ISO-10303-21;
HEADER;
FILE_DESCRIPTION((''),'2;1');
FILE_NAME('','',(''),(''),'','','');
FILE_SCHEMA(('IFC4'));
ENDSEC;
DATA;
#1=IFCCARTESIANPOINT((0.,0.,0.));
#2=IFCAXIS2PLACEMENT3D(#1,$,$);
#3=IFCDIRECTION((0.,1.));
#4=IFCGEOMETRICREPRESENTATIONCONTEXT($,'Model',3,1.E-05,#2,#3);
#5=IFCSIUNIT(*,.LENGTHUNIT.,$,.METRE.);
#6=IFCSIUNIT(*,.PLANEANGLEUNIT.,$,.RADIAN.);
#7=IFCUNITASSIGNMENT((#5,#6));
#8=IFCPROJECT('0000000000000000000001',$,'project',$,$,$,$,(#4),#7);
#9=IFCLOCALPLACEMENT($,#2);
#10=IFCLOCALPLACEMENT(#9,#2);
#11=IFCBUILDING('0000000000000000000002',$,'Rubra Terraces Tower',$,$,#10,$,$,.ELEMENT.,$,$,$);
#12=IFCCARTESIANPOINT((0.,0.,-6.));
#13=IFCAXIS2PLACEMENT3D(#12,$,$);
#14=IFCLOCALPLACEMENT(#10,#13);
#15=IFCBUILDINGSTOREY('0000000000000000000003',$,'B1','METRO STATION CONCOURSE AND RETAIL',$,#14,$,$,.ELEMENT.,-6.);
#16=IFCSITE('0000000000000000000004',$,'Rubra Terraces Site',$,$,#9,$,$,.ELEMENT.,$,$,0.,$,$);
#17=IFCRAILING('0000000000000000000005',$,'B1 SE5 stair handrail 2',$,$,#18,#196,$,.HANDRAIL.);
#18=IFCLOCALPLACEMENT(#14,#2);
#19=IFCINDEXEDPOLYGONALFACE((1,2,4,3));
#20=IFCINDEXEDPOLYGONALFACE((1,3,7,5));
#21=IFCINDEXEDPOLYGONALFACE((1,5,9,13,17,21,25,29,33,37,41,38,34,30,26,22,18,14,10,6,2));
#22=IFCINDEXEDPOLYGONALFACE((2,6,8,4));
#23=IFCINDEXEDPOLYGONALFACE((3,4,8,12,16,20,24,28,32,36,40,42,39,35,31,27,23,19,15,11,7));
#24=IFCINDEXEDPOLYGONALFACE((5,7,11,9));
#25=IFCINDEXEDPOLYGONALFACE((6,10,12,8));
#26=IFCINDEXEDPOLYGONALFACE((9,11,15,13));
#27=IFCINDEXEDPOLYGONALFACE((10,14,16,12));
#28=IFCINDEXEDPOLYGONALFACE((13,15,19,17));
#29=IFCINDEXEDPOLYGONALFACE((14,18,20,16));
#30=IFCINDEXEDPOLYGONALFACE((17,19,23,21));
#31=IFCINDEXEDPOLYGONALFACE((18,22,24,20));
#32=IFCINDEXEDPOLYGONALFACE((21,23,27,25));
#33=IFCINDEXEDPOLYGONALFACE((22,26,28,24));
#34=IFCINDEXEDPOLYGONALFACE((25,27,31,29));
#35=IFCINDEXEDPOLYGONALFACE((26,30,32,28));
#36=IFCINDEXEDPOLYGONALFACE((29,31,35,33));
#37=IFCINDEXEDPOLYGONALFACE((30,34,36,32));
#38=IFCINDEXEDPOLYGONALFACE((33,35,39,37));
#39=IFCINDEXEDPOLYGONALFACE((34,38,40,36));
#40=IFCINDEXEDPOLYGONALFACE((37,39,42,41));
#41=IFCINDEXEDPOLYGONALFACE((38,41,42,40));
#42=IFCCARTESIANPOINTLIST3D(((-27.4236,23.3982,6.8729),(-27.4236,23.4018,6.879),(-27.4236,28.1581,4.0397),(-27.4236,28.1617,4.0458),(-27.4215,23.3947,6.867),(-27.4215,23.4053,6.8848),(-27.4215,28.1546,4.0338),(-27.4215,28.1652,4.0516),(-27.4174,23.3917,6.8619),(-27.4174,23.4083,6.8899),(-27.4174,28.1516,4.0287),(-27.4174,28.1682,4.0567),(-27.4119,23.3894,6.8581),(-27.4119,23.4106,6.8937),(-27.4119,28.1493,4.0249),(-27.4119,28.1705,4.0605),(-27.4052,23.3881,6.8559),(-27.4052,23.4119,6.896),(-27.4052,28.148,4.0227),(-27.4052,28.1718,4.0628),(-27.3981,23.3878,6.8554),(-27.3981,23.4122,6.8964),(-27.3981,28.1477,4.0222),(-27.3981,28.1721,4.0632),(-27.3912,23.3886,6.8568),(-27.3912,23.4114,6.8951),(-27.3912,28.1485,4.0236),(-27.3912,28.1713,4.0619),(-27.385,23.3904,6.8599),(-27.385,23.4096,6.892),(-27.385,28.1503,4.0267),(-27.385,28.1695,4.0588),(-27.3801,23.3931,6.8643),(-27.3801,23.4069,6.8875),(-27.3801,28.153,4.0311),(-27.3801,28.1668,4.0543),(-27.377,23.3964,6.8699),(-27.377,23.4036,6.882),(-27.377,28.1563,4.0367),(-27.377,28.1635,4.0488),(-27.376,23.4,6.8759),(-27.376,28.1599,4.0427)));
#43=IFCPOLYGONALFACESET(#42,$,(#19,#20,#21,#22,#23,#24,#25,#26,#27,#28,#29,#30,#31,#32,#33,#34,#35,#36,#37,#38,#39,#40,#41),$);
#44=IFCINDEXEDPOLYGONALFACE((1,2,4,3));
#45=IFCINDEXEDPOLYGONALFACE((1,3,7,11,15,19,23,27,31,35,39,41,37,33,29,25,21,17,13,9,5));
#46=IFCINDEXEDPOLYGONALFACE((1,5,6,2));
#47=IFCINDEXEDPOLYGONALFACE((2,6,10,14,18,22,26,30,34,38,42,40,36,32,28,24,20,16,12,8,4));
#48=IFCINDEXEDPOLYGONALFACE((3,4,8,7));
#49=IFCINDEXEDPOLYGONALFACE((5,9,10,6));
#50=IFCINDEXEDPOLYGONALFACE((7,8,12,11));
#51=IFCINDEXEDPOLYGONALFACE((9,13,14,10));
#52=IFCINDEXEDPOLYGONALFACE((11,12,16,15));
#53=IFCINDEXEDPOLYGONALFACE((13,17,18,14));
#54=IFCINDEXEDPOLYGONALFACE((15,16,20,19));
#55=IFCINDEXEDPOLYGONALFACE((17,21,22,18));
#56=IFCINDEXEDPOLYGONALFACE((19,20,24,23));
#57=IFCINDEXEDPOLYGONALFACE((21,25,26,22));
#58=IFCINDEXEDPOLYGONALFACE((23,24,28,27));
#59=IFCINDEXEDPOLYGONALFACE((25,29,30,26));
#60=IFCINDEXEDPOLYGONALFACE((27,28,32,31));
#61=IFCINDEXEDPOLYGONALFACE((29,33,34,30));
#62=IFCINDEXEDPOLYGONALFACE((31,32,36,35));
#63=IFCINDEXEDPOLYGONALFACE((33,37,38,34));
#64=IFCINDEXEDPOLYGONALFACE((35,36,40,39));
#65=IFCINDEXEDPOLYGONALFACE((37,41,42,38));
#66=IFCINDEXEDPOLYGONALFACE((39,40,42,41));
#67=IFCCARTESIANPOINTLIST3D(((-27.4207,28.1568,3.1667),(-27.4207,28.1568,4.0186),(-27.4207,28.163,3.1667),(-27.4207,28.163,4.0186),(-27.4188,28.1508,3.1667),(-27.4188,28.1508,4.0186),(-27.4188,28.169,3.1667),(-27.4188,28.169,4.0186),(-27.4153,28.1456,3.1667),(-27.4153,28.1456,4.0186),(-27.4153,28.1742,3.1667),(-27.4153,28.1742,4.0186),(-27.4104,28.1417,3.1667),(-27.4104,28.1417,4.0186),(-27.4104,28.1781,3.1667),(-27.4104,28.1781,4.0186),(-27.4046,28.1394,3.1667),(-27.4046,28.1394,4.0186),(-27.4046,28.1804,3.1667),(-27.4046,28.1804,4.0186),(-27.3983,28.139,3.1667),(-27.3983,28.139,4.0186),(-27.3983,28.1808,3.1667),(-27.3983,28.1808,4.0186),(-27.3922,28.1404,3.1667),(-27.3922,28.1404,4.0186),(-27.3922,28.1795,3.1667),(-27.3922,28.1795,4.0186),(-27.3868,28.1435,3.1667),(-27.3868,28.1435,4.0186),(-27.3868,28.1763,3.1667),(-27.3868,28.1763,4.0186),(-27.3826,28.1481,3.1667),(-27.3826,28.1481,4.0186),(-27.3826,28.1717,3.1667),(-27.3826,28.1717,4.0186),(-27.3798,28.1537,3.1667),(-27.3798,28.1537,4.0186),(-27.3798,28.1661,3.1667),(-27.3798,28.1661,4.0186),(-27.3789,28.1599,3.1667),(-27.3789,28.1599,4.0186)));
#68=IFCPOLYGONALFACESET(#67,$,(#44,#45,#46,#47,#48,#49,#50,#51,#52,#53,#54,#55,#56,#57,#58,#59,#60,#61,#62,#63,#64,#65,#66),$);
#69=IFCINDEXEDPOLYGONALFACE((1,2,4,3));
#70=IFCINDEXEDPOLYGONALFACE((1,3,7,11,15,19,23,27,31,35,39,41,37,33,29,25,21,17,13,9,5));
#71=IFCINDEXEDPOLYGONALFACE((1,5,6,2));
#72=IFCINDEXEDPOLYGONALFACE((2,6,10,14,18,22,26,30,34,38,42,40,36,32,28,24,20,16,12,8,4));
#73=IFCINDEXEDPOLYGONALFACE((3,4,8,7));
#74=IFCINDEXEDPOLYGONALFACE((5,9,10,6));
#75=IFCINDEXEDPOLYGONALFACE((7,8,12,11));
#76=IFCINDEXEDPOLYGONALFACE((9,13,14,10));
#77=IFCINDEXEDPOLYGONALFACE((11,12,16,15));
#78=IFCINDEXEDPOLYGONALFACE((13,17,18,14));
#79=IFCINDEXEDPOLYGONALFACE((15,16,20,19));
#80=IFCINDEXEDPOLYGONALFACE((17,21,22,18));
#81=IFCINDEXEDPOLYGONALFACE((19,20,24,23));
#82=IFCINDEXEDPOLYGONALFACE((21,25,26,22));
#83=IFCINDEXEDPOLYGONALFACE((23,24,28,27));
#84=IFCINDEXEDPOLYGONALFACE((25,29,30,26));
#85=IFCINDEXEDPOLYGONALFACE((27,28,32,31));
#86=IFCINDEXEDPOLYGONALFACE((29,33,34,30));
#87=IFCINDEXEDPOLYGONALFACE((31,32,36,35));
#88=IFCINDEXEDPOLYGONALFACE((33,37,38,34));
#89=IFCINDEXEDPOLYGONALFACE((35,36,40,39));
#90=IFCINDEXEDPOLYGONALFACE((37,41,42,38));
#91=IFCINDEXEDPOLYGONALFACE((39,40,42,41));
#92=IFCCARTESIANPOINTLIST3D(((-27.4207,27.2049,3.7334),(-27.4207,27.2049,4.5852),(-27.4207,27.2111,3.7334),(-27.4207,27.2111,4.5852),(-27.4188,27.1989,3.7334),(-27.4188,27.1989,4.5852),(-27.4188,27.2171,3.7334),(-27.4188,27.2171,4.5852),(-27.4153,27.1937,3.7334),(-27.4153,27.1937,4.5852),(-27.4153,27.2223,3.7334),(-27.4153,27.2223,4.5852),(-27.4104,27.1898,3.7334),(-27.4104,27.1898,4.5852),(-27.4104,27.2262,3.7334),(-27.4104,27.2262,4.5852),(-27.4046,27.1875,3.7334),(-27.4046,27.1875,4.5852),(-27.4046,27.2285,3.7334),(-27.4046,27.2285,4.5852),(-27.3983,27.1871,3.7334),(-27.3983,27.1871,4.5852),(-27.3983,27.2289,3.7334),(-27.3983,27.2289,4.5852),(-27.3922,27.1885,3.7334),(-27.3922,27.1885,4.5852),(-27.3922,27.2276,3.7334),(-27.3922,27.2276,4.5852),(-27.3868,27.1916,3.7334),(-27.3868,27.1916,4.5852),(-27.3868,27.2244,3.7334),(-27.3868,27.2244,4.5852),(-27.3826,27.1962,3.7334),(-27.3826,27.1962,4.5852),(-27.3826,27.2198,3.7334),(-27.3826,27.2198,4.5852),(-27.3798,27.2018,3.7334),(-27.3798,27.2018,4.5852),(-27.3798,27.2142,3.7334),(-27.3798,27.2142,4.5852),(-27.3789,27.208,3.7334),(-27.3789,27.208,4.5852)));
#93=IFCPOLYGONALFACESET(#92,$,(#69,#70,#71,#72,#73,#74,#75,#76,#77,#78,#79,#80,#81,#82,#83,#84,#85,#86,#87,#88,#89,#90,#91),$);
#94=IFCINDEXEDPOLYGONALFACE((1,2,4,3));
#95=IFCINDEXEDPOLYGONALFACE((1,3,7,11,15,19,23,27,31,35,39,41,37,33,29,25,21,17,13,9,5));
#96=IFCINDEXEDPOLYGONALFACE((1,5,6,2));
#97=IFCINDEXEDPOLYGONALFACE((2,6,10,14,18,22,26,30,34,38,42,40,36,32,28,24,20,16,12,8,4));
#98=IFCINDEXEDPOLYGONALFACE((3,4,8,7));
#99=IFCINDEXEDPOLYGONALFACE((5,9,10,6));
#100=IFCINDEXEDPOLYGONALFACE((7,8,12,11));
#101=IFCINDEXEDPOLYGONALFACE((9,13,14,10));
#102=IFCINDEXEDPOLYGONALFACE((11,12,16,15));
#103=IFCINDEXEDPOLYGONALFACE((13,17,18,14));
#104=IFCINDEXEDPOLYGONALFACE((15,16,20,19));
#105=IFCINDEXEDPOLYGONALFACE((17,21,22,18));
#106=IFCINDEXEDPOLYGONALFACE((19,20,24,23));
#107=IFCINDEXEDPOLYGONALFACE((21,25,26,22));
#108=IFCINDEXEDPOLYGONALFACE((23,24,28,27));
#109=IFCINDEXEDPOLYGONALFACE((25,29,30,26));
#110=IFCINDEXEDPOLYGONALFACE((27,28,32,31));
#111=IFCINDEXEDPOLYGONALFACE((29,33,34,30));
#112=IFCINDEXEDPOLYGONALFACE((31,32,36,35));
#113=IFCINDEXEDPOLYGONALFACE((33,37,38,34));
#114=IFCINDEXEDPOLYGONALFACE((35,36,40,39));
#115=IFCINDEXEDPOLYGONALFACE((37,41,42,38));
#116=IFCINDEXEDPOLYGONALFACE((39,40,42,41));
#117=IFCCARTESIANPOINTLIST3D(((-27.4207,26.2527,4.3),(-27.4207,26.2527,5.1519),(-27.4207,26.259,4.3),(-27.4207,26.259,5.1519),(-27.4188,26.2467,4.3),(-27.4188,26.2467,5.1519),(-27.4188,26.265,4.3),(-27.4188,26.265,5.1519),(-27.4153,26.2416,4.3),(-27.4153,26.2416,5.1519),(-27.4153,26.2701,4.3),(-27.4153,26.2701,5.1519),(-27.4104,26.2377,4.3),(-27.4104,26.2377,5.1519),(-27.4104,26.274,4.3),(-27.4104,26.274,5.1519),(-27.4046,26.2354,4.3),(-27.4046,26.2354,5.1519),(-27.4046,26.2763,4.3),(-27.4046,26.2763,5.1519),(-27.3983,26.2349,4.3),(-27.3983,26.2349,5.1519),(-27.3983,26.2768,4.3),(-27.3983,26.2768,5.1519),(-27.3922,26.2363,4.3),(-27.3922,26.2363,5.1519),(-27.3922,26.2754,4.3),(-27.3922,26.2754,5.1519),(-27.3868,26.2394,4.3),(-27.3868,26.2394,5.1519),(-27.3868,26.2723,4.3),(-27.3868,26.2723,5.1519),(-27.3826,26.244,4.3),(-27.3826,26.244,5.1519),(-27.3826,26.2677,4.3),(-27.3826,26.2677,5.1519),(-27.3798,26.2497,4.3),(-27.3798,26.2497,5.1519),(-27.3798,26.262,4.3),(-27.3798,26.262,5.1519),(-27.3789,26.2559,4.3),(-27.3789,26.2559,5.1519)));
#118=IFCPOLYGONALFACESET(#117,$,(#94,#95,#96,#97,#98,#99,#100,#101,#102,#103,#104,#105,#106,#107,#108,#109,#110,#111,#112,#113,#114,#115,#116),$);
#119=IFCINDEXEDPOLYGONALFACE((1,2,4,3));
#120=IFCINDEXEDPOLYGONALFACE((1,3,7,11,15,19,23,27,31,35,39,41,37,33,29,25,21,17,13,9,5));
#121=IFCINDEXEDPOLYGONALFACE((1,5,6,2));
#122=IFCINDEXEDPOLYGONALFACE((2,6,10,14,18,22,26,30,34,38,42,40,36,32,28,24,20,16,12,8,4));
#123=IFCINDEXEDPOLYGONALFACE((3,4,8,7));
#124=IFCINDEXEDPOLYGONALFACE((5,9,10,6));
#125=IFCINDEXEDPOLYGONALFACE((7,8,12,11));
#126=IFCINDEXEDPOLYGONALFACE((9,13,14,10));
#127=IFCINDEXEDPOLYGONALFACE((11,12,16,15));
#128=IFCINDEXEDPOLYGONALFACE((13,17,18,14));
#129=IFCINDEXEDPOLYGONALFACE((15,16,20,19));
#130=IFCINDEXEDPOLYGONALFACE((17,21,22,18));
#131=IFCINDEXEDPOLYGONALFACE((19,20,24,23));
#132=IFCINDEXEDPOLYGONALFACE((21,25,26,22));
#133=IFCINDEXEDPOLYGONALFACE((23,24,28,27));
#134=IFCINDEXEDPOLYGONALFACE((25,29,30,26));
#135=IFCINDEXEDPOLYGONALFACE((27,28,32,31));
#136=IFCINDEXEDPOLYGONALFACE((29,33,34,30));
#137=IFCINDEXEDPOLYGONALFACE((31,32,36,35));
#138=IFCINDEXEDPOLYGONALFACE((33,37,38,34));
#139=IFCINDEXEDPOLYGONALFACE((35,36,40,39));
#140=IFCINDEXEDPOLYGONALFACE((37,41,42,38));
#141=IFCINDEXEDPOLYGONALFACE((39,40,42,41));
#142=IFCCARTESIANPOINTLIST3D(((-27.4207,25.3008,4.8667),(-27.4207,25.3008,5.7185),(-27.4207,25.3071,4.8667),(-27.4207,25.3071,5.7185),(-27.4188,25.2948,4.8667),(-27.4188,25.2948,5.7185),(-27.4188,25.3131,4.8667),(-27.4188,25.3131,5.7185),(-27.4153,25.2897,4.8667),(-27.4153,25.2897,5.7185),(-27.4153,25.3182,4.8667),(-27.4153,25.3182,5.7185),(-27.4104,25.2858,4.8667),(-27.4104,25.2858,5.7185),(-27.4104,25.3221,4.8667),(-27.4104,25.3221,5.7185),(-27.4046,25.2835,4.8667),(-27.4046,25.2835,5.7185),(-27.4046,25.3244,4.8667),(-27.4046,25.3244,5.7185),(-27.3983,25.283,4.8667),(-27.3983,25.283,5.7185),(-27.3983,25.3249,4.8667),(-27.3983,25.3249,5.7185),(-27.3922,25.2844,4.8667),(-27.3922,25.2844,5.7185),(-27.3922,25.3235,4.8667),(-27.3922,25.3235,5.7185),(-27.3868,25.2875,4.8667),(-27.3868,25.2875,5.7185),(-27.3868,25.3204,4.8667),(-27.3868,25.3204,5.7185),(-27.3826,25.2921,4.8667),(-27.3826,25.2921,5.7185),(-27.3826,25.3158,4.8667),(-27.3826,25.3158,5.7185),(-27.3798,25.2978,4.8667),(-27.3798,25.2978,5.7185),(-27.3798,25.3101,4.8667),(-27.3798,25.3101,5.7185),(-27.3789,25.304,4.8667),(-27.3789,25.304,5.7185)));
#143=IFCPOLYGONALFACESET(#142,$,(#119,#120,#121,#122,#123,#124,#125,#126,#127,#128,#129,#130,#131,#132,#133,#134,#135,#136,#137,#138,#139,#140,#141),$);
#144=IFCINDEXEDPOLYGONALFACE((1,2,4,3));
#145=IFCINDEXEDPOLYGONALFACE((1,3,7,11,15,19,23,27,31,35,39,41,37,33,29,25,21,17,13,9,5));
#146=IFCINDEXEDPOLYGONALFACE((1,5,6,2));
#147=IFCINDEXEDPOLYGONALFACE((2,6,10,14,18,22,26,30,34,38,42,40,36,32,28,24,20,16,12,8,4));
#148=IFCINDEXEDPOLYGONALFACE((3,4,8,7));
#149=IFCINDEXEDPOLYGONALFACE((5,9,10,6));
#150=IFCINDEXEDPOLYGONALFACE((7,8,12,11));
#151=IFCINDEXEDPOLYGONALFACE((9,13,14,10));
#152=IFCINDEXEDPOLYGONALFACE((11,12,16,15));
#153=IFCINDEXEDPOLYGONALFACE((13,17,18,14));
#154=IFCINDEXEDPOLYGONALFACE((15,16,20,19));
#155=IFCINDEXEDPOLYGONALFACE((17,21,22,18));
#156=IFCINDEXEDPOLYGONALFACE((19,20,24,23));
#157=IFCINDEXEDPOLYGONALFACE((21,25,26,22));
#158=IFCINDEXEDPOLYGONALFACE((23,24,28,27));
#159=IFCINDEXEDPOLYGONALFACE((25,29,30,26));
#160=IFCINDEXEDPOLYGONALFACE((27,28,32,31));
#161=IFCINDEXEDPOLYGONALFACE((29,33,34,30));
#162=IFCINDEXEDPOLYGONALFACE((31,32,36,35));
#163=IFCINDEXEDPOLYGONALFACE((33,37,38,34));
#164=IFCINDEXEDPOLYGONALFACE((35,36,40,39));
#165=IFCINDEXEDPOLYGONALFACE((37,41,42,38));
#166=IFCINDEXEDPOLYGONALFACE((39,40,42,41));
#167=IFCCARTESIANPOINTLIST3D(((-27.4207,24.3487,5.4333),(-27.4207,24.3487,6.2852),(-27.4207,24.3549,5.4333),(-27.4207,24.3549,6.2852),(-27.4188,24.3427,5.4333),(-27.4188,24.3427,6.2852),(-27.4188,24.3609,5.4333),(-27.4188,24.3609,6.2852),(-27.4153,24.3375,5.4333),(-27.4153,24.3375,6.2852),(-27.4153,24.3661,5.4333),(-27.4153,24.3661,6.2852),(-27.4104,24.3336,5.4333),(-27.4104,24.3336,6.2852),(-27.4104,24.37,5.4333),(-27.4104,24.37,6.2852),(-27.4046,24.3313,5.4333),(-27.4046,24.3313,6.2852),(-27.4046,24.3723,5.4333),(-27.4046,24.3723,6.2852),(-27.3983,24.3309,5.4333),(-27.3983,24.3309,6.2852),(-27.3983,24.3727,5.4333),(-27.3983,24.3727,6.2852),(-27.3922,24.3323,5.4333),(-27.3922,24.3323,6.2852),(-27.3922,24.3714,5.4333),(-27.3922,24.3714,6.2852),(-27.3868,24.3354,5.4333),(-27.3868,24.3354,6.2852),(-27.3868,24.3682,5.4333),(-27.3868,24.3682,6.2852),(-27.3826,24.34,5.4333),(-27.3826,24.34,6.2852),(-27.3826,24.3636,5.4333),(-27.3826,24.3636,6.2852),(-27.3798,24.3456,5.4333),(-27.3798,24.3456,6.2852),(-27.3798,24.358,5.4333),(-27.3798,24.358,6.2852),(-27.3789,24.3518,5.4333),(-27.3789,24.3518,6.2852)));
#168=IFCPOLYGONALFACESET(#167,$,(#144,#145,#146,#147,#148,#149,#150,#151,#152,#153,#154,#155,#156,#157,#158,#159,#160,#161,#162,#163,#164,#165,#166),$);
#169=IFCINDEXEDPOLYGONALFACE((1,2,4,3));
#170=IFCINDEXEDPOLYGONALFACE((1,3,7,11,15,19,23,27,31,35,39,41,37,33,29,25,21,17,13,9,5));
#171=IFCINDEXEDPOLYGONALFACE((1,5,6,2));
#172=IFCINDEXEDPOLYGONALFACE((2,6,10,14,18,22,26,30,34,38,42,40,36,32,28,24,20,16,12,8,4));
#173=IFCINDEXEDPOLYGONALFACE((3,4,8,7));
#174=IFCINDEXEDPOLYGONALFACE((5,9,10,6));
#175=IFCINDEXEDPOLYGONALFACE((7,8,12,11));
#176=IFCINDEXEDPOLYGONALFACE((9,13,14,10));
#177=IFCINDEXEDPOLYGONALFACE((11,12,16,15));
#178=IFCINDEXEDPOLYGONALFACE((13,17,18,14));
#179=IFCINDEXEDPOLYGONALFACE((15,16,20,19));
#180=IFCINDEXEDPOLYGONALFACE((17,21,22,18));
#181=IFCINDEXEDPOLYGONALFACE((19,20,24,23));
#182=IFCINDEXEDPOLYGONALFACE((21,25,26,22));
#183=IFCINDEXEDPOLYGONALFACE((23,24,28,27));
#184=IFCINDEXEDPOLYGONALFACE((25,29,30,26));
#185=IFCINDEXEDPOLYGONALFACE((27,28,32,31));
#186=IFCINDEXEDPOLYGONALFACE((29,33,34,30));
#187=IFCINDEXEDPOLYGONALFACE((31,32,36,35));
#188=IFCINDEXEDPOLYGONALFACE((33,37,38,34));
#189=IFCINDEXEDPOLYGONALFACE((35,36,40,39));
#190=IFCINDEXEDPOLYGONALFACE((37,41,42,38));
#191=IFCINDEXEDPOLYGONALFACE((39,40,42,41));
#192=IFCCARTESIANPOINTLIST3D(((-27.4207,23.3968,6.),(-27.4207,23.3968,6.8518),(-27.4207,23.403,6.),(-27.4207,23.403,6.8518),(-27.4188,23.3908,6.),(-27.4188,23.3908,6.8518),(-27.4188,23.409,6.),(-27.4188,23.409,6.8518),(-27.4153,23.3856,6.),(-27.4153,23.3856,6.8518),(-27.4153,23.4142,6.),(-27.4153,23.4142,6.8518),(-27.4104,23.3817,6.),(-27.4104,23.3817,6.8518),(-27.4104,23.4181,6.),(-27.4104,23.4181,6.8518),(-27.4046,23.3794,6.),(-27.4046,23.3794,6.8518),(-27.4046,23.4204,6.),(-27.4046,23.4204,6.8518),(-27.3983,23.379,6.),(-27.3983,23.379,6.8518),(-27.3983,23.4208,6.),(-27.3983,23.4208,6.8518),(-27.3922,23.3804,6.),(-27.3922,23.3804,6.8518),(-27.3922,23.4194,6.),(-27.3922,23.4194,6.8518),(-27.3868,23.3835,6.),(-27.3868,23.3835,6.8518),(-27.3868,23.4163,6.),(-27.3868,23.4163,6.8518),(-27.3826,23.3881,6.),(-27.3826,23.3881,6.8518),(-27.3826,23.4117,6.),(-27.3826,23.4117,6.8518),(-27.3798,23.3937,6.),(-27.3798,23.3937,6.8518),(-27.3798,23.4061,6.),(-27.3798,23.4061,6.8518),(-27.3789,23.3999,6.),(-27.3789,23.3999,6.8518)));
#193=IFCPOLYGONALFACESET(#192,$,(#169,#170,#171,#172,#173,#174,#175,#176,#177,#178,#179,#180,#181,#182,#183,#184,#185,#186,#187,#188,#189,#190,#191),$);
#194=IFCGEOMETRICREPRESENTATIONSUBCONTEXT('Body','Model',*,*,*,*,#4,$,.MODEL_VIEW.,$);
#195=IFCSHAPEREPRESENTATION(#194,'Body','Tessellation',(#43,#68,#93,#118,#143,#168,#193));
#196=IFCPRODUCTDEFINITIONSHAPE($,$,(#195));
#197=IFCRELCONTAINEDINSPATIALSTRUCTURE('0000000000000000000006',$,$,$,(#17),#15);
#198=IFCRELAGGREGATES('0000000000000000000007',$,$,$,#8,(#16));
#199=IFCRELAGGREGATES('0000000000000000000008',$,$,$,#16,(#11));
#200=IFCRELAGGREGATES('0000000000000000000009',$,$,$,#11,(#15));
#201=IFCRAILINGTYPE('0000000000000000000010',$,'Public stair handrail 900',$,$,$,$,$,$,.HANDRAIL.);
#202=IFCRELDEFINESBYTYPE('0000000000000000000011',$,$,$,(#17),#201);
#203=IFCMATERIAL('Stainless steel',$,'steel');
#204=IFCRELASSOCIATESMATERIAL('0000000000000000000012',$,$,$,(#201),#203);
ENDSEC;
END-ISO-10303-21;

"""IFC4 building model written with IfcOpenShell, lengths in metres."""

from ifc_helpers import new_model, si_unit, direction, frame, origin, origin_2d, place, context, subcontext, project, spatial, circle, extrude, material, type_object, element, save


model = new_model("IFC4")

# Units and contexts
model_context = context("Model", 3, precision=1e-05, world=origin(), true_north=direction((0.0, 1.0)))
body_context = subcontext(model_context, "Body", "Model", "MODEL_VIEW")
ifc_project = project(units=[si_unit("LENGTHUNIT", "METRE"), si_unit("PLANEANGLEUNIT", "RADIAN")], contexts=[model_context])

# Site, building, storey
site_placement = place(None, origin())
site = spatial("IfcSite", under=ifc_project, at=site_placement, Name="Rubra Terraces Site", CompositionType="ELEMENT", RefElevation=0.0)
building_placement = place(site_placement, origin())
building = spatial("IfcBuilding", under=site, at=building_placement, Name="Rubra Terraces Tower", CompositionType="ELEMENT")
storey_placement = place(building_placement, frame((0.0, 0.0, -6.0)))
storey = spatial("IfcBuildingStorey", under=building, at=storey_placement, Name="B1", Description="METRO STATION CONCOURSE AND RETAIL", CompositionType="ELEMENT", Elevation=-6.0)

# Railing
ifc_material_1 = material(Name="Stainless steel", Category="steel")
railing_type_1 = type_object("IfcRailingType", Name="Public stair handrail 900", PredefinedType="HANDRAIL", material=ifc_material_1)
railing_1_placement = place(storey_placement, frame((-27.3999, 28.1599, 3.1667)))
element("IfcRailing", 1, at=railing_1_placement, inside=storey, type_object=railing_type_1, Name="B1 SE5 stair handrail 2", PredefinedType="HANDRAIL", context=body_context, shape_type="SweptSolid", body=[
    extrude(circle(Radius=0.0239, at=origin_2d()), frame((0.0, 0.0, 0.876), z_axis=(0.0, -0.8593, 0.511472), x_axis=(1.0, 0.0, 0.0)), (0.0, 0.0, 1.0), 5.5393),
    extrude(circle(Radius=0.021, at=origin_2d()), origin(), (0.0, 0.0, 1.0), 0.8518),
    extrude(circle(Radius=0.021, at=origin_2d()), frame((0.0, -0.9519, 0.5667)), (0.0, 0.0, 1.0), 0.8518),
    extrude(circle(Radius=0.021, at=origin_2d()), frame((0.0, -1.9041, 1.1333)), (0.0, 0.0, 1.0), 0.8518),
    extrude(circle(Radius=0.021, at=origin_2d()), frame((0.0, -2.856, 1.7)), (0.0, 0.0, 1.0), 0.8518),
    extrude(circle(Radius=0.021, at=origin_2d()), frame((0.0, -3.8081, 2.2666)), (0.0, 0.0, 1.0), 0.8518),
    extrude(circle(Radius=0.021, at=origin_2d()), frame((0.0, -4.76, 2.8333)), (0.0, 0.0, 1.0), 0.8518),
])

save(model, "model.ifc")
